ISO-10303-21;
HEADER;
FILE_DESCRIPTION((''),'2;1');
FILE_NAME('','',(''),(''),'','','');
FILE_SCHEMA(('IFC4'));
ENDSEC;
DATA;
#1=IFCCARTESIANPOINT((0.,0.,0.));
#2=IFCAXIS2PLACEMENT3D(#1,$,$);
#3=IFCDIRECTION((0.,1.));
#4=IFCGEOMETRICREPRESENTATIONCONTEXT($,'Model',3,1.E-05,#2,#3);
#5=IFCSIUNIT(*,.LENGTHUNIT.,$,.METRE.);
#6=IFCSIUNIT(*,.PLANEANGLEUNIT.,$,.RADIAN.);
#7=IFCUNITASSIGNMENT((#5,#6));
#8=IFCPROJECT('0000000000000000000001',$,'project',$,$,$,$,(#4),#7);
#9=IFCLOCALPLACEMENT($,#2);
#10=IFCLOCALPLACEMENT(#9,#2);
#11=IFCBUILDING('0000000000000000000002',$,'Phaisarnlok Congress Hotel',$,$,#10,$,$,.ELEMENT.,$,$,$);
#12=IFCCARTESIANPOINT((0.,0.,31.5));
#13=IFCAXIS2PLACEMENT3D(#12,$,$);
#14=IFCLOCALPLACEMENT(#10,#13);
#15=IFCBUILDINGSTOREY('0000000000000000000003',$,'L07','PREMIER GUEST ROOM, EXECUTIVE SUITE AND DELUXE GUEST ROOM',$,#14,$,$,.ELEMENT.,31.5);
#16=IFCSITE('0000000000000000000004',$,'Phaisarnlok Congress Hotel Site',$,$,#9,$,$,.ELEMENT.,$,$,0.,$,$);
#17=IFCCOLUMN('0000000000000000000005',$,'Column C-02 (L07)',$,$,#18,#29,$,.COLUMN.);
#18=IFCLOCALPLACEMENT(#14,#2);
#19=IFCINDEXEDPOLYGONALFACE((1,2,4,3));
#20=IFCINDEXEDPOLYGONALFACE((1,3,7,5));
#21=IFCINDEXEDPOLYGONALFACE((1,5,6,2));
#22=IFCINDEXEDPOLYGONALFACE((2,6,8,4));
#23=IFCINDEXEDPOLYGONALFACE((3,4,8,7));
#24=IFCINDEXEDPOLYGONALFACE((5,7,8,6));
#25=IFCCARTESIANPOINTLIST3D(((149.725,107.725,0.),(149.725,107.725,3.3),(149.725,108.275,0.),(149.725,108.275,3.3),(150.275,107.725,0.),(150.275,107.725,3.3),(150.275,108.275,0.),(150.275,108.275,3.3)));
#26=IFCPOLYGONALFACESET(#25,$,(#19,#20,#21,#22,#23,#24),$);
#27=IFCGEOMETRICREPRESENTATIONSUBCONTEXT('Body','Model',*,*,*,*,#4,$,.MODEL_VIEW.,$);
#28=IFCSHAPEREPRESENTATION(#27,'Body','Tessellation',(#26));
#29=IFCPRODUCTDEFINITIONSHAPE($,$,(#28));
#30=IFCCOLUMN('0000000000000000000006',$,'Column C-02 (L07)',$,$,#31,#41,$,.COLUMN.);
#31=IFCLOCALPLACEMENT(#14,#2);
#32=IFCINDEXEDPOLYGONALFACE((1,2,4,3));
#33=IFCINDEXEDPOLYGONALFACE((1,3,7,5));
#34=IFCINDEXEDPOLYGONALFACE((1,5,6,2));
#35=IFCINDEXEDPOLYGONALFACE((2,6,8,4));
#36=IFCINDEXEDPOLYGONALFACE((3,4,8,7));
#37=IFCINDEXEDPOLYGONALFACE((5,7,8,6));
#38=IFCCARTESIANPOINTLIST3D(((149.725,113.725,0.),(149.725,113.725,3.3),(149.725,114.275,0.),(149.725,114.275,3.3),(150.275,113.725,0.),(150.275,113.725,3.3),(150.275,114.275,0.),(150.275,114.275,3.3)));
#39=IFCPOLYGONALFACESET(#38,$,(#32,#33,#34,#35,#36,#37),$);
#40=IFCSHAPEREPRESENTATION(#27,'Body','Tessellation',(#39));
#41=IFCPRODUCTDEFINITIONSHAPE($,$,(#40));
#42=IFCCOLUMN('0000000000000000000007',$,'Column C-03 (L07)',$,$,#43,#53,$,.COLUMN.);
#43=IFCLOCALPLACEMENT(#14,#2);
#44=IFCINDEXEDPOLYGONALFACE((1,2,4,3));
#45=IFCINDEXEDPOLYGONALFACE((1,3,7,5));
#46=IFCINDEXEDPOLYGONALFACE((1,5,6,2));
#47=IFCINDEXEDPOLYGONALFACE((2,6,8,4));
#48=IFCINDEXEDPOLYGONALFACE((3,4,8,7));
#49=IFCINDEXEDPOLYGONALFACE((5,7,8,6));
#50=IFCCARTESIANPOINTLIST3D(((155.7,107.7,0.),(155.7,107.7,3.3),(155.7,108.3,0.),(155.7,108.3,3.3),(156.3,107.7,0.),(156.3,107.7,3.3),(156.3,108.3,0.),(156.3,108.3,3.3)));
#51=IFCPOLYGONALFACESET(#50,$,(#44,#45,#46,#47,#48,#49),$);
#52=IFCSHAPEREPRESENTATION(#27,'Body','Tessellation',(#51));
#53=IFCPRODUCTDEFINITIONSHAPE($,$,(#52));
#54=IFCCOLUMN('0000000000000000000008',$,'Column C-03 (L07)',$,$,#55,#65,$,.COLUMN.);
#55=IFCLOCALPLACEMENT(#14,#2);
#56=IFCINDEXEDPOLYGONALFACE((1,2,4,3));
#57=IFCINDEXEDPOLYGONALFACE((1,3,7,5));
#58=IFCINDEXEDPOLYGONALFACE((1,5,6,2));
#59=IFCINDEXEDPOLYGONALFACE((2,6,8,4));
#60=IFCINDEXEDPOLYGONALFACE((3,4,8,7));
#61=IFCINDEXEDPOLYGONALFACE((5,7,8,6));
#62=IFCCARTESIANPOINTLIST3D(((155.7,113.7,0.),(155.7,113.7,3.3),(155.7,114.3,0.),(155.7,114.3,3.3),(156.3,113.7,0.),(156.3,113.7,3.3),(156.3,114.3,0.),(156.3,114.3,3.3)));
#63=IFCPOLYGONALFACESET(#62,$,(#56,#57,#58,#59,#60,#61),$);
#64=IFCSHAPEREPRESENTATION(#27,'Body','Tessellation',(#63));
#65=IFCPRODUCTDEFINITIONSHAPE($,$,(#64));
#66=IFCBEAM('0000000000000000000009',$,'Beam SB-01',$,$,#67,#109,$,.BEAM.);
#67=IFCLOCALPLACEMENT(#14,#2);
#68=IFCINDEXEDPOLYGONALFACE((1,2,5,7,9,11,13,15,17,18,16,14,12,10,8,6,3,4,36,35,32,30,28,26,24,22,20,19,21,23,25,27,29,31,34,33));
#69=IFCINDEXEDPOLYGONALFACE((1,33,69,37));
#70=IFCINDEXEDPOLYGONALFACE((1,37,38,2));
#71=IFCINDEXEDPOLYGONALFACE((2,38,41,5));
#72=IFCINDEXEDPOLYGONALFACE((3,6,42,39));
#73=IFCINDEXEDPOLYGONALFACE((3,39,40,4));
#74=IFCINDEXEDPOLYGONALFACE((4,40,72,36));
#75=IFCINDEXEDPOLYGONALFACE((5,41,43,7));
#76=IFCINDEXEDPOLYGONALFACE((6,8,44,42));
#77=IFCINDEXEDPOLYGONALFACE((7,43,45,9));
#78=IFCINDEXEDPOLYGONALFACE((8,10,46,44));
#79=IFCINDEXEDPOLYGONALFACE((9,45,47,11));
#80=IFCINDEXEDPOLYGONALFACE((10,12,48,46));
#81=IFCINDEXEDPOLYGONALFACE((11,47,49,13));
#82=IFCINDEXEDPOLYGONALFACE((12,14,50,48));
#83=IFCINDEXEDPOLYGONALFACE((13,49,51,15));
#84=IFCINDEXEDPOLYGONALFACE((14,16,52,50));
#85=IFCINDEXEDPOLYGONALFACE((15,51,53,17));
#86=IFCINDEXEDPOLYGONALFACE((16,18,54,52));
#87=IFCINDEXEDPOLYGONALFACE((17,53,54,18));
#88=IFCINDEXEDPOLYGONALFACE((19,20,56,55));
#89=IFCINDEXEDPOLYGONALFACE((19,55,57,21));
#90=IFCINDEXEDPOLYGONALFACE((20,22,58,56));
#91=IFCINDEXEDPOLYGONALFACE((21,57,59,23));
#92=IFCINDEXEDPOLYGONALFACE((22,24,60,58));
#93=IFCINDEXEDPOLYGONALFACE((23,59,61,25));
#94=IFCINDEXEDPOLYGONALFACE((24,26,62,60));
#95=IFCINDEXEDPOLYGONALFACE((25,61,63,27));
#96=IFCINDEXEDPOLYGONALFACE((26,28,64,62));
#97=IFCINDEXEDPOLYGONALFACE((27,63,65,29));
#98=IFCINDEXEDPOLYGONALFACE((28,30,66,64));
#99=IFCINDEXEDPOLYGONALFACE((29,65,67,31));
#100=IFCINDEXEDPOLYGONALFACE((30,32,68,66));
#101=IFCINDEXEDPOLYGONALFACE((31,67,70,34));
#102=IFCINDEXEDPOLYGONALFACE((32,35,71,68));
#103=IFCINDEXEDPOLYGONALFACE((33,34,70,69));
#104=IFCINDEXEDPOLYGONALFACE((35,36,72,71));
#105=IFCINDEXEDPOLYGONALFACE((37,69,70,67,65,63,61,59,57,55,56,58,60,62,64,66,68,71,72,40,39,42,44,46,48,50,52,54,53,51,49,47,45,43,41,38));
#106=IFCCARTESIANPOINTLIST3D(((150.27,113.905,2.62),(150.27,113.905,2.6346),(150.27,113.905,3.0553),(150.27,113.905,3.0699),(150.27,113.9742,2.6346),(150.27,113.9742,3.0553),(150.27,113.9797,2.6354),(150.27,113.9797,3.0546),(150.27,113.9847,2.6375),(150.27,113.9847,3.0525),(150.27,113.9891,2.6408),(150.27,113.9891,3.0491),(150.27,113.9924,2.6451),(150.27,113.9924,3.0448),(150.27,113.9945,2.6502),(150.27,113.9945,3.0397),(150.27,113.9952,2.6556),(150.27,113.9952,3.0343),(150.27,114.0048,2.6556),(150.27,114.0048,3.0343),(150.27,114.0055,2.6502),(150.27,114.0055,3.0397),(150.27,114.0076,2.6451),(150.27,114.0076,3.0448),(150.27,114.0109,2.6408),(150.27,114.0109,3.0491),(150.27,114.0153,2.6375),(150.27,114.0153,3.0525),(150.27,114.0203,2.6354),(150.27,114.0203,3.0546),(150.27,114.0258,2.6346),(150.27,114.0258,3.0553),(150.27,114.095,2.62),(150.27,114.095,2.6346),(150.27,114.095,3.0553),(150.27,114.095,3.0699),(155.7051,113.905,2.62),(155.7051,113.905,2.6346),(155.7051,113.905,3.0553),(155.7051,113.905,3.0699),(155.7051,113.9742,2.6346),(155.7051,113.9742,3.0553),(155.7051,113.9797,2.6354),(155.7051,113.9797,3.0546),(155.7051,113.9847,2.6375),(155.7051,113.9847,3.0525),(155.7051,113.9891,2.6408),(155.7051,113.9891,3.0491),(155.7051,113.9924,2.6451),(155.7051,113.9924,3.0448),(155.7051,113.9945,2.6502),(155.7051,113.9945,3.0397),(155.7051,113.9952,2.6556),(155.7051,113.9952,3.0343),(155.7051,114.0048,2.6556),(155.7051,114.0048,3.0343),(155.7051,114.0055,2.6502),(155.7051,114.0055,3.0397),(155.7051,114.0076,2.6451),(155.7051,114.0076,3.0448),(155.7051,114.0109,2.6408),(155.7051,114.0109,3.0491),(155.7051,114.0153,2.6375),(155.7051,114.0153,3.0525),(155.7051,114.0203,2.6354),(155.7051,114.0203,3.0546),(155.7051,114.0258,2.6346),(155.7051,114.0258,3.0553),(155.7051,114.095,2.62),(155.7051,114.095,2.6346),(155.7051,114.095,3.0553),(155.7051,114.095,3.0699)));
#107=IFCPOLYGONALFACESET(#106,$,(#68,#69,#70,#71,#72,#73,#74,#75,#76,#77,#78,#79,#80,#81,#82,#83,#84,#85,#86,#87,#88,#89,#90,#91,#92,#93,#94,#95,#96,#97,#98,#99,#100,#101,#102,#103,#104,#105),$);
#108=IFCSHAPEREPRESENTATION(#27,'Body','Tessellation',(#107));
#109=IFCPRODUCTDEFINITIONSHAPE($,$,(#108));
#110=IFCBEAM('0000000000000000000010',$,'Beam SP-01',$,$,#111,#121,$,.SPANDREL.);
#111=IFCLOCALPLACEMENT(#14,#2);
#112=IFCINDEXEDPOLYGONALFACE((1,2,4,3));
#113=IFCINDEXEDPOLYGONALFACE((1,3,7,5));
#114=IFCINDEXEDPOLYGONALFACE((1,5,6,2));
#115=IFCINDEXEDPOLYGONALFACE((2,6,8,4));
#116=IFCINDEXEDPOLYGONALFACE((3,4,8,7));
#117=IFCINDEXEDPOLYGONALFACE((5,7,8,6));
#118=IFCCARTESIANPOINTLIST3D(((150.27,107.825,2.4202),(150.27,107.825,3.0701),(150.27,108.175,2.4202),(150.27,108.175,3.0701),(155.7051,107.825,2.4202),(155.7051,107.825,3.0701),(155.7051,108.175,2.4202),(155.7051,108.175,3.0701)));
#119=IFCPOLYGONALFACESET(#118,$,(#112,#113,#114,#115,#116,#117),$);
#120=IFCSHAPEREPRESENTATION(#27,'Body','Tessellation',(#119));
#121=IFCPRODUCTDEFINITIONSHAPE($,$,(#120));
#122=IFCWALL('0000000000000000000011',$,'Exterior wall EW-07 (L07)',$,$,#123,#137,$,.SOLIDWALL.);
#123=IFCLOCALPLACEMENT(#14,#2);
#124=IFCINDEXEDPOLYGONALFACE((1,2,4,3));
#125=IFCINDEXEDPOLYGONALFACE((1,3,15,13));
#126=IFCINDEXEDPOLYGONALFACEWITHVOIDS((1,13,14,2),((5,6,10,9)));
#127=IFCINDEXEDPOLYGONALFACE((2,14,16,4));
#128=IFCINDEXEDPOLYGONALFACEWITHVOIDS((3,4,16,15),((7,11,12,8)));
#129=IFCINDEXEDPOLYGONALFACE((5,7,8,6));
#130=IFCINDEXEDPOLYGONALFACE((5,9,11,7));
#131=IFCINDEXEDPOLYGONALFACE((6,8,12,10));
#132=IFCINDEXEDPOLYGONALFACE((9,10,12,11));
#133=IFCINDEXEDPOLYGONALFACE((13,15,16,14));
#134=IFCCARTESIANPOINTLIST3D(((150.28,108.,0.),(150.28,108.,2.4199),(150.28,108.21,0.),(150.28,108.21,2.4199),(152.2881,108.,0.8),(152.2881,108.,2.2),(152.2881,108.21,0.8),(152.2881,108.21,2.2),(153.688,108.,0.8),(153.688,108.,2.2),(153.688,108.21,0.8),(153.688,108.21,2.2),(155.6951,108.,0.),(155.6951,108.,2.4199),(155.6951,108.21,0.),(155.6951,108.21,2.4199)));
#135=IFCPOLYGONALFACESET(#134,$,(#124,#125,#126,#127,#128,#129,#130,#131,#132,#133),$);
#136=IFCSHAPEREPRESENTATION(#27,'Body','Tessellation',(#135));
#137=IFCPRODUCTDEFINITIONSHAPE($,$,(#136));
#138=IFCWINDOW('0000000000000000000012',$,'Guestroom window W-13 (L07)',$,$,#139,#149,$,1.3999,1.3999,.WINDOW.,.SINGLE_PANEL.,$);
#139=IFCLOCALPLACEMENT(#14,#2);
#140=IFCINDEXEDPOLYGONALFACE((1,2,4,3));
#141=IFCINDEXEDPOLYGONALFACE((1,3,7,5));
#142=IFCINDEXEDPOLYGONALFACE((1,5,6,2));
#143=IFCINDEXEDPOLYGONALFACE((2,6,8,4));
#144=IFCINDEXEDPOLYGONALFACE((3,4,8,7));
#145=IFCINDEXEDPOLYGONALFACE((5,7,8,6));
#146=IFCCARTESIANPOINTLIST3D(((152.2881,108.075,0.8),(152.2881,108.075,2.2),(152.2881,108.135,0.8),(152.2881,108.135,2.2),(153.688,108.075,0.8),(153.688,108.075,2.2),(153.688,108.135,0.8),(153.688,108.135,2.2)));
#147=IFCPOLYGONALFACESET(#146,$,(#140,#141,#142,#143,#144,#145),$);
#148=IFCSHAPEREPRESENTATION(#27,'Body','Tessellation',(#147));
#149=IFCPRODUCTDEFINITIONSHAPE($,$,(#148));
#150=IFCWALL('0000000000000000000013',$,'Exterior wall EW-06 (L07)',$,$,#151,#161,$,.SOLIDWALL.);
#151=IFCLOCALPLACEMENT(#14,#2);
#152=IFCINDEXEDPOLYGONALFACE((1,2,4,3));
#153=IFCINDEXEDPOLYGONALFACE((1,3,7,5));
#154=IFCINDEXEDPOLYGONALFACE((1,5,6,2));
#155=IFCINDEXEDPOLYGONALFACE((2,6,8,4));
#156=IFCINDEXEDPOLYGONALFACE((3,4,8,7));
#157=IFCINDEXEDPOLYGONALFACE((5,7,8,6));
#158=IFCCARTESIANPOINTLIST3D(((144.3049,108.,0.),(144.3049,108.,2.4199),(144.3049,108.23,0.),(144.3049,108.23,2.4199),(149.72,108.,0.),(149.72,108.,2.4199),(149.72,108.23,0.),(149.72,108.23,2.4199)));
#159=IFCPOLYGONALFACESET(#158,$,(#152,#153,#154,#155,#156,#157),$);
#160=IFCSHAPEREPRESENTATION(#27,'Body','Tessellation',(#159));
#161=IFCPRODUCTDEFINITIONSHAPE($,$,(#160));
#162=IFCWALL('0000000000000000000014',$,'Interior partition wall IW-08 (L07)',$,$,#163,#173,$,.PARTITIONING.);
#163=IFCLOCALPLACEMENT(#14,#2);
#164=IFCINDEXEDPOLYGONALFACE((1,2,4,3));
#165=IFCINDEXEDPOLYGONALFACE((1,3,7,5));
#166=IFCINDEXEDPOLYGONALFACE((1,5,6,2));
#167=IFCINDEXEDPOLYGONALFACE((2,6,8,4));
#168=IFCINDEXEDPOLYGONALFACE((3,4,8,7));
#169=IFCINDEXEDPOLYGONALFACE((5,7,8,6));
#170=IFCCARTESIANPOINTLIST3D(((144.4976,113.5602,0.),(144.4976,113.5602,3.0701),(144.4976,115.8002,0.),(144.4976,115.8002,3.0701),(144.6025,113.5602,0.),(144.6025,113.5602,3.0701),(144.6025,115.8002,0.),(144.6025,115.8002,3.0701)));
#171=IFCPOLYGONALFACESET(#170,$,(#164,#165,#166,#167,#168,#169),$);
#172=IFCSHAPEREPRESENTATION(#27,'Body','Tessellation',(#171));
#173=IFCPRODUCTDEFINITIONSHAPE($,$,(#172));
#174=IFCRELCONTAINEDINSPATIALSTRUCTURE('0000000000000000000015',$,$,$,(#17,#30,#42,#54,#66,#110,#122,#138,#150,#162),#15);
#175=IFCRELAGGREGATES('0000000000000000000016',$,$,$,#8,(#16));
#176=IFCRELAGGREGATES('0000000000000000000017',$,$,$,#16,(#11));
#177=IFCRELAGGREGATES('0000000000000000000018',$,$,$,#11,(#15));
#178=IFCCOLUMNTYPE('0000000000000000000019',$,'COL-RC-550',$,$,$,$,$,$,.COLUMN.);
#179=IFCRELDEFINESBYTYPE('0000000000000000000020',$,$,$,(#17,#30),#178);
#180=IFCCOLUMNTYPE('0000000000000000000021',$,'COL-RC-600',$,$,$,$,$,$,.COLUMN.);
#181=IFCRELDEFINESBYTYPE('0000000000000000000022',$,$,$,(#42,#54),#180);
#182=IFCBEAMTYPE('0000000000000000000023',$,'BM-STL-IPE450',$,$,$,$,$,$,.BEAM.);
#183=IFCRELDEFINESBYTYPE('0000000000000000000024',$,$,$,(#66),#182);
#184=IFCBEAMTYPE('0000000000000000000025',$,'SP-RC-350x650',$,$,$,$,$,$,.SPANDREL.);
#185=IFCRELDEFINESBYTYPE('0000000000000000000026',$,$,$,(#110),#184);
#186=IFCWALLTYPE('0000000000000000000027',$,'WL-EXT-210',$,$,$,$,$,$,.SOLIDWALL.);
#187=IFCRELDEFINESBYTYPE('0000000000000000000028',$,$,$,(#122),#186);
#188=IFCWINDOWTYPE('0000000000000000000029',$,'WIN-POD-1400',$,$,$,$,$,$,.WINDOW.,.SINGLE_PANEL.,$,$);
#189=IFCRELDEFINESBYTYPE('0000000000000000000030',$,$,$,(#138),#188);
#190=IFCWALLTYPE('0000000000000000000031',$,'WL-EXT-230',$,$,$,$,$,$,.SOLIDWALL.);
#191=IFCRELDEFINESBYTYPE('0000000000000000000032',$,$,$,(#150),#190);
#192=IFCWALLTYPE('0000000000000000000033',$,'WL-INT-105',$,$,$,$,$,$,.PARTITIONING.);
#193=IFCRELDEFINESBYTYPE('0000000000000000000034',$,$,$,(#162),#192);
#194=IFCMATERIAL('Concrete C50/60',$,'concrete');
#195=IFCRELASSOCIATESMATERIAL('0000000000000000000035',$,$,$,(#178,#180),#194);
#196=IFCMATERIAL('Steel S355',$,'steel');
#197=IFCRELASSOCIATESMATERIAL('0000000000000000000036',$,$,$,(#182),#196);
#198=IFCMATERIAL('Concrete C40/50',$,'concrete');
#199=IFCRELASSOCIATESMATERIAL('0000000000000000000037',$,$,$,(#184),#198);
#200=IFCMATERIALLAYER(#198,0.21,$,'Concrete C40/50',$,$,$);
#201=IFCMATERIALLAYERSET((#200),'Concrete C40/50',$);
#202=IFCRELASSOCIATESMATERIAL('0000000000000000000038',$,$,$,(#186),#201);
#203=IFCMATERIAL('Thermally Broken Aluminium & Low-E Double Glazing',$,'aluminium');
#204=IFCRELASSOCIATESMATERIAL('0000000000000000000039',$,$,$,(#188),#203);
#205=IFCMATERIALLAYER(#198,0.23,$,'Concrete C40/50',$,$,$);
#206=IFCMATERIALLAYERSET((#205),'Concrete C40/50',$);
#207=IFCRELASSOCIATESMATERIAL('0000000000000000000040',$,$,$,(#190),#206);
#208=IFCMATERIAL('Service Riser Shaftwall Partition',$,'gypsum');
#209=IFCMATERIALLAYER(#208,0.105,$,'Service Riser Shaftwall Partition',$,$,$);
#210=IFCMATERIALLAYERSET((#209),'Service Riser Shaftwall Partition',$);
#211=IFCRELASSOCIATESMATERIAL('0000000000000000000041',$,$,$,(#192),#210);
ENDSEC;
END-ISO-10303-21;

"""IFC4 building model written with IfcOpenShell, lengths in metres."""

from ifc_helpers import new_model, si_unit, direction, frame, frame_2d, origin, origin_2d, place, context, subcontext, project, spatial, rectangle, i_section, extrude, material, layer, layer_set, material_profile, profile_set, type_object, element, fill, save


model = new_model("IFC4")

# Units and contexts
model_context = context("Model", 3, precision=1e-05, world=origin(), true_north=direction((0.0, 1.0)))
body_context = subcontext(model_context, "Body", "Model", "MODEL_VIEW")
ifc_project = project(units=[si_unit("LENGTHUNIT", "METRE"), si_unit("PLANEANGLEUNIT", "RADIAN")], contexts=[model_context])

# Site, building, storey
site_placement = place(None, origin())
site = spatial("IfcSite", under=ifc_project, at=site_placement, Name="Phaisarnlok Congress Hotel Site", CompositionType="ELEMENT", RefElevation=0.0)
building_placement = place(site_placement, origin())
building = spatial("IfcBuilding", under=site, at=building_placement, Name="Phaisarnlok Congress Hotel", CompositionType="ELEMENT")
storey_placement = place(building_placement, frame((0.0, 0.0, 31.5)))
storey = spatial("IfcBuildingStorey", under=building, at=storey_placement, Name="L07", Description="PREMIER GUEST ROOM, EXECUTIVE SUITE AND DELUXE GUEST ROOM", CompositionType="ELEMENT", Elevation=31.5)

# Columns
ifc_material_1 = material(Name="Concrete C50/60", Category="concrete")
ifc_material_profile_1 = material_profile(ifc_material_1, rectangle(XDim=0.55, YDim=0.55, at=origin_2d()), Name="RC 550x550")
ifc_profile_set_1 = profile_set([ifc_material_profile_1], Name="Concrete C50/60")
column_type_1 = type_object("IfcColumnType", Name="COL-RC-550", PredefinedType="COLUMN", material=ifc_profile_set_1)
for number, where, z_axis, x_axis, name in (
    (1, (150.0, 108.0, 0.0), (0.0, 0.0, 1.0), (1.0, 0.0, 0.0), "Column C-02 (L07)"),
    (2, (150.0, 114.0, 0.0), (0.0, 0.0, 1.0), (1.0, 0.0, 0.0), "Column C-02 (L07)"),
):
    element("IfcColumn", number, at=place(storey_placement, frame(where, z_axis=z_axis, x_axis=x_axis)), inside=storey, type_object=column_type_1, Name=name, PredefinedType="COLUMN", context=body_context, shape_type="SweptSolid", body=[
        extrude(rectangle(XDim=0.55, YDim=0.55, at=origin_2d()), origin(), (0.0, 0.0, 1.0), 3.3),
    ])
ifc_material_profile_2 = material_profile(ifc_material_1, rectangle(XDim=0.6001, YDim=0.6001, at=origin_2d()), Name="RC 600x600")
ifc_profile_set_2 = profile_set([ifc_material_profile_2], Name="Concrete C50/60")
column_type_2 = type_object("IfcColumnType", Name="COL-RC-600", PredefinedType="COLUMN", material=ifc_profile_set_2)
for number, where, z_axis, x_axis, name in (
    (3, (156.0, 108.0, 0.0), (0.0, 0.0, 1.0), (1.0, 0.0, 0.0), "Column C-03 (L07)"),
    (4, (156.0, 114.0, 0.0), (0.0, 0.0, 1.0), (1.0, 0.0, 0.0), "Column C-03 (L07)"),
):
    element("IfcColumn", number, at=place(storey_placement, frame(where, z_axis=z_axis, x_axis=x_axis)), inside=storey, type_object=column_type_2, Name=name, PredefinedType="COLUMN", context=body_context, shape_type="SweptSolid", body=[
        extrude(rectangle(XDim=0.6001, YDim=0.6001, at=origin_2d()), origin(), (0.0, 0.0, 1.0), 3.3),
    ])

# Beams
ifc_material_2 = material(Name="Steel S355", Category="steel")
ifc_material_profile_3 = material_profile(ifc_material_2, i_section(OverallWidth=0.1899, OverallDepth=0.45, WebThickness=0.0095, FlangeThickness=0.0146, FilletRadius=0.021, at=origin_2d()), Name="IPE 450")
ifc_profile_set_3 = profile_set([ifc_material_profile_3], Name="Steel S355")
beam_type_1 = type_object("IfcBeamType", Name="BM-STL-IPE450", PredefinedType="BEAM", material=ifc_profile_set_3)
beam_1_placement = place(storey_placement, frame((150.27, 114.0, 2.845), z_axis=(1.0, 0.0, 0.0), x_axis=(0.0, 1.0, 0.0)))
element("IfcBeam", 5, at=beam_1_placement, inside=storey, type_object=beam_type_1, Name="Beam SB-01", PredefinedType="BEAM", context=body_context, shape_type="SweptSolid", body=[
    extrude(i_section(OverallWidth=0.1899, OverallDepth=0.45, WebThickness=0.0095, FlangeThickness=0.0146, FilletRadius=0.021, at=origin_2d()), origin(), (0.0, 0.0, 1.0), 5.4351),
])
ifc_material_3 = material(Name="Concrete C40/50", Category="concrete")
ifc_material_profile_4 = material_profile(ifc_material_3, rectangle(XDim=0.3501, YDim=0.6499, at=origin_2d()), Name="RC 350x650")
ifc_profile_set_4 = profile_set([ifc_material_profile_4], Name="Concrete C40/50")
beam_type_2 = type_object("IfcBeamType", Name="SP-RC-350x650", PredefinedType="SPANDREL", material=ifc_profile_set_4)
beam_2_placement = place(storey_placement, frame((150.27, 108.0, 2.7451), z_axis=(1.0, 0.0, 0.0), x_axis=(0.0, 1.0, 0.0)))
element("IfcBeam", 6, at=beam_2_placement, inside=storey, type_object=beam_type_2, Name="Beam SP-01", PredefinedType="SPANDREL", context=body_context, shape_type="SweptSolid", body=[
    extrude(rectangle(XDim=0.3501, YDim=0.6499, at=origin_2d()), origin(), (0.0, 0.0, 1.0), 5.4351),
])

# Wall, opening, window
ifc_layer_1 = layer(ifc_material_3, 0.21, Name="Concrete C40/50")
ifc_layer_set_1 = layer_set([ifc_layer_1], Name="Concrete C40/50")
wall_type_1 = type_object("IfcWallType", Name="WL-EXT-210", PredefinedType="SOLIDWALL", material=ifc_layer_set_1)
wall_1_placement = place(storey_placement, frame((150.28, 108.105, 0.0), z_axis=(0.0, 0.0, 1.0), x_axis=(1.0, 0.0, 0.0)))
wall_1 = element("IfcWall", 7, at=wall_1_placement, inside=storey, type_object=wall_type_1, Name="Exterior wall EW-07 (L07)", PredefinedType="SOLIDWALL", context=body_context, shape_type="SweptSolid", body=[
    extrude(rectangle(XDim=5.415, YDim=0.21, at=frame_2d((2.7075, 0.0))), origin(), (0.0, 0.0, 1.0), 2.4199),
])
opening_1_placement = place(wall_1_placement, frame((2.0081, 0.0, 0.8)))
opening_1 = element("IfcOpeningElement", 8, at=opening_1_placement, cuts=wall_1, PredefinedType="OPENING", context=body_context, shape_type="SweptSolid", body=[
    extrude(rectangle(XDim=1.3999, YDim=1.3999, at=frame_2d((0.7, 0.7))), frame((0.0, 0.115, 0.0), z_axis=(0.0, -1.0, 0.0), x_axis=(1.0, 0.0, 0.0)), (0.0, 0.0, 1.0), 0.23),
])
ifc_material_4 = material(Name="Thermally Broken Aluminium & Low-E Double Glazing", Category="aluminium")
window_type = type_object("IfcWindowType", Name="WIN-POD-1400", PartitioningType="SINGLE_PANEL", PredefinedType="WINDOW", material=ifc_material_4)
window_placement = place(opening_1_placement, origin())
window = element("IfcWindow", 9, at=window_placement, inside=storey, type_object=window_type, Name="Guestroom window W-13 (L07)", OverallHeight=1.3999, OverallWidth=1.3999, PartitioningType="SINGLE_PANEL", PredefinedType="WINDOW", context=body_context, shape_type="SweptSolid", body=[
    extrude(rectangle(XDim=1.3999, YDim=1.3999, at=frame_2d((0.7, 0.7))), frame((0.0, 0.03, 0.0), z_axis=(0.0, -1.0, 0.0), x_axis=(1.0, 0.0, 0.0)), (0.0, 0.0, 1.0), 0.0601),
])
fill(opening_1, window)

# Walls
ifc_layer_2 = layer(ifc_material_3, 0.23, Name="Concrete C40/50")
ifc_layer_set_2 = layer_set([ifc_layer_2], Name="Concrete C40/50")
wall_type_2 = type_object("IfcWallType", Name="WL-EXT-230", PredefinedType="SOLIDWALL", material=ifc_layer_set_2)
wall_2_placement = place(storey_placement, frame((144.3049, 108.115, 0.0), z_axis=(0.0, 0.0, 1.0), x_axis=(1.0, 0.0, 0.0)))
element("IfcWall", 10, at=wall_2_placement, inside=storey, type_object=wall_type_2, Name="Exterior wall EW-06 (L07)", PredefinedType="SOLIDWALL", context=body_context, shape_type="SweptSolid", body=[
    extrude(rectangle(XDim=5.415, YDim=0.23, at=frame_2d((2.7075, 0.0))), origin(), (0.0, 0.0, 1.0), 2.4199),
])
ifc_material_5 = material(Name="Service Riser Shaftwall Partition", Category="gypsum")
ifc_layer_3 = layer(ifc_material_5, 0.105, Name="Service Riser Shaftwall Partition")
ifc_layer_set_3 = layer_set([ifc_layer_3], Name="Service Riser Shaftwall Partition")
wall_type_3 = type_object("IfcWallType", Name="WL-INT-105", PredefinedType="PARTITIONING", material=ifc_layer_set_3)
wall_3_placement = place(storey_placement, frame((144.55, 113.5601, 0.0), z_axis=(0.0, 0.0, 1.0), x_axis=(0.0, 1.0, 0.0)))
element("IfcWall", 11, at=wall_3_placement, inside=storey, type_object=wall_type_3, Name="Interior partition wall IW-08 (L07)", PredefinedType="PARTITIONING", context=body_context, shape_type="SweptSolid", body=[
    extrude(rectangle(XDim=2.24, YDim=0.105, at=frame_2d((1.1201, 0.0))), origin(), (0.0, 0.0, 1.0), 3.0701),
])

save(model, "model.ifc")
